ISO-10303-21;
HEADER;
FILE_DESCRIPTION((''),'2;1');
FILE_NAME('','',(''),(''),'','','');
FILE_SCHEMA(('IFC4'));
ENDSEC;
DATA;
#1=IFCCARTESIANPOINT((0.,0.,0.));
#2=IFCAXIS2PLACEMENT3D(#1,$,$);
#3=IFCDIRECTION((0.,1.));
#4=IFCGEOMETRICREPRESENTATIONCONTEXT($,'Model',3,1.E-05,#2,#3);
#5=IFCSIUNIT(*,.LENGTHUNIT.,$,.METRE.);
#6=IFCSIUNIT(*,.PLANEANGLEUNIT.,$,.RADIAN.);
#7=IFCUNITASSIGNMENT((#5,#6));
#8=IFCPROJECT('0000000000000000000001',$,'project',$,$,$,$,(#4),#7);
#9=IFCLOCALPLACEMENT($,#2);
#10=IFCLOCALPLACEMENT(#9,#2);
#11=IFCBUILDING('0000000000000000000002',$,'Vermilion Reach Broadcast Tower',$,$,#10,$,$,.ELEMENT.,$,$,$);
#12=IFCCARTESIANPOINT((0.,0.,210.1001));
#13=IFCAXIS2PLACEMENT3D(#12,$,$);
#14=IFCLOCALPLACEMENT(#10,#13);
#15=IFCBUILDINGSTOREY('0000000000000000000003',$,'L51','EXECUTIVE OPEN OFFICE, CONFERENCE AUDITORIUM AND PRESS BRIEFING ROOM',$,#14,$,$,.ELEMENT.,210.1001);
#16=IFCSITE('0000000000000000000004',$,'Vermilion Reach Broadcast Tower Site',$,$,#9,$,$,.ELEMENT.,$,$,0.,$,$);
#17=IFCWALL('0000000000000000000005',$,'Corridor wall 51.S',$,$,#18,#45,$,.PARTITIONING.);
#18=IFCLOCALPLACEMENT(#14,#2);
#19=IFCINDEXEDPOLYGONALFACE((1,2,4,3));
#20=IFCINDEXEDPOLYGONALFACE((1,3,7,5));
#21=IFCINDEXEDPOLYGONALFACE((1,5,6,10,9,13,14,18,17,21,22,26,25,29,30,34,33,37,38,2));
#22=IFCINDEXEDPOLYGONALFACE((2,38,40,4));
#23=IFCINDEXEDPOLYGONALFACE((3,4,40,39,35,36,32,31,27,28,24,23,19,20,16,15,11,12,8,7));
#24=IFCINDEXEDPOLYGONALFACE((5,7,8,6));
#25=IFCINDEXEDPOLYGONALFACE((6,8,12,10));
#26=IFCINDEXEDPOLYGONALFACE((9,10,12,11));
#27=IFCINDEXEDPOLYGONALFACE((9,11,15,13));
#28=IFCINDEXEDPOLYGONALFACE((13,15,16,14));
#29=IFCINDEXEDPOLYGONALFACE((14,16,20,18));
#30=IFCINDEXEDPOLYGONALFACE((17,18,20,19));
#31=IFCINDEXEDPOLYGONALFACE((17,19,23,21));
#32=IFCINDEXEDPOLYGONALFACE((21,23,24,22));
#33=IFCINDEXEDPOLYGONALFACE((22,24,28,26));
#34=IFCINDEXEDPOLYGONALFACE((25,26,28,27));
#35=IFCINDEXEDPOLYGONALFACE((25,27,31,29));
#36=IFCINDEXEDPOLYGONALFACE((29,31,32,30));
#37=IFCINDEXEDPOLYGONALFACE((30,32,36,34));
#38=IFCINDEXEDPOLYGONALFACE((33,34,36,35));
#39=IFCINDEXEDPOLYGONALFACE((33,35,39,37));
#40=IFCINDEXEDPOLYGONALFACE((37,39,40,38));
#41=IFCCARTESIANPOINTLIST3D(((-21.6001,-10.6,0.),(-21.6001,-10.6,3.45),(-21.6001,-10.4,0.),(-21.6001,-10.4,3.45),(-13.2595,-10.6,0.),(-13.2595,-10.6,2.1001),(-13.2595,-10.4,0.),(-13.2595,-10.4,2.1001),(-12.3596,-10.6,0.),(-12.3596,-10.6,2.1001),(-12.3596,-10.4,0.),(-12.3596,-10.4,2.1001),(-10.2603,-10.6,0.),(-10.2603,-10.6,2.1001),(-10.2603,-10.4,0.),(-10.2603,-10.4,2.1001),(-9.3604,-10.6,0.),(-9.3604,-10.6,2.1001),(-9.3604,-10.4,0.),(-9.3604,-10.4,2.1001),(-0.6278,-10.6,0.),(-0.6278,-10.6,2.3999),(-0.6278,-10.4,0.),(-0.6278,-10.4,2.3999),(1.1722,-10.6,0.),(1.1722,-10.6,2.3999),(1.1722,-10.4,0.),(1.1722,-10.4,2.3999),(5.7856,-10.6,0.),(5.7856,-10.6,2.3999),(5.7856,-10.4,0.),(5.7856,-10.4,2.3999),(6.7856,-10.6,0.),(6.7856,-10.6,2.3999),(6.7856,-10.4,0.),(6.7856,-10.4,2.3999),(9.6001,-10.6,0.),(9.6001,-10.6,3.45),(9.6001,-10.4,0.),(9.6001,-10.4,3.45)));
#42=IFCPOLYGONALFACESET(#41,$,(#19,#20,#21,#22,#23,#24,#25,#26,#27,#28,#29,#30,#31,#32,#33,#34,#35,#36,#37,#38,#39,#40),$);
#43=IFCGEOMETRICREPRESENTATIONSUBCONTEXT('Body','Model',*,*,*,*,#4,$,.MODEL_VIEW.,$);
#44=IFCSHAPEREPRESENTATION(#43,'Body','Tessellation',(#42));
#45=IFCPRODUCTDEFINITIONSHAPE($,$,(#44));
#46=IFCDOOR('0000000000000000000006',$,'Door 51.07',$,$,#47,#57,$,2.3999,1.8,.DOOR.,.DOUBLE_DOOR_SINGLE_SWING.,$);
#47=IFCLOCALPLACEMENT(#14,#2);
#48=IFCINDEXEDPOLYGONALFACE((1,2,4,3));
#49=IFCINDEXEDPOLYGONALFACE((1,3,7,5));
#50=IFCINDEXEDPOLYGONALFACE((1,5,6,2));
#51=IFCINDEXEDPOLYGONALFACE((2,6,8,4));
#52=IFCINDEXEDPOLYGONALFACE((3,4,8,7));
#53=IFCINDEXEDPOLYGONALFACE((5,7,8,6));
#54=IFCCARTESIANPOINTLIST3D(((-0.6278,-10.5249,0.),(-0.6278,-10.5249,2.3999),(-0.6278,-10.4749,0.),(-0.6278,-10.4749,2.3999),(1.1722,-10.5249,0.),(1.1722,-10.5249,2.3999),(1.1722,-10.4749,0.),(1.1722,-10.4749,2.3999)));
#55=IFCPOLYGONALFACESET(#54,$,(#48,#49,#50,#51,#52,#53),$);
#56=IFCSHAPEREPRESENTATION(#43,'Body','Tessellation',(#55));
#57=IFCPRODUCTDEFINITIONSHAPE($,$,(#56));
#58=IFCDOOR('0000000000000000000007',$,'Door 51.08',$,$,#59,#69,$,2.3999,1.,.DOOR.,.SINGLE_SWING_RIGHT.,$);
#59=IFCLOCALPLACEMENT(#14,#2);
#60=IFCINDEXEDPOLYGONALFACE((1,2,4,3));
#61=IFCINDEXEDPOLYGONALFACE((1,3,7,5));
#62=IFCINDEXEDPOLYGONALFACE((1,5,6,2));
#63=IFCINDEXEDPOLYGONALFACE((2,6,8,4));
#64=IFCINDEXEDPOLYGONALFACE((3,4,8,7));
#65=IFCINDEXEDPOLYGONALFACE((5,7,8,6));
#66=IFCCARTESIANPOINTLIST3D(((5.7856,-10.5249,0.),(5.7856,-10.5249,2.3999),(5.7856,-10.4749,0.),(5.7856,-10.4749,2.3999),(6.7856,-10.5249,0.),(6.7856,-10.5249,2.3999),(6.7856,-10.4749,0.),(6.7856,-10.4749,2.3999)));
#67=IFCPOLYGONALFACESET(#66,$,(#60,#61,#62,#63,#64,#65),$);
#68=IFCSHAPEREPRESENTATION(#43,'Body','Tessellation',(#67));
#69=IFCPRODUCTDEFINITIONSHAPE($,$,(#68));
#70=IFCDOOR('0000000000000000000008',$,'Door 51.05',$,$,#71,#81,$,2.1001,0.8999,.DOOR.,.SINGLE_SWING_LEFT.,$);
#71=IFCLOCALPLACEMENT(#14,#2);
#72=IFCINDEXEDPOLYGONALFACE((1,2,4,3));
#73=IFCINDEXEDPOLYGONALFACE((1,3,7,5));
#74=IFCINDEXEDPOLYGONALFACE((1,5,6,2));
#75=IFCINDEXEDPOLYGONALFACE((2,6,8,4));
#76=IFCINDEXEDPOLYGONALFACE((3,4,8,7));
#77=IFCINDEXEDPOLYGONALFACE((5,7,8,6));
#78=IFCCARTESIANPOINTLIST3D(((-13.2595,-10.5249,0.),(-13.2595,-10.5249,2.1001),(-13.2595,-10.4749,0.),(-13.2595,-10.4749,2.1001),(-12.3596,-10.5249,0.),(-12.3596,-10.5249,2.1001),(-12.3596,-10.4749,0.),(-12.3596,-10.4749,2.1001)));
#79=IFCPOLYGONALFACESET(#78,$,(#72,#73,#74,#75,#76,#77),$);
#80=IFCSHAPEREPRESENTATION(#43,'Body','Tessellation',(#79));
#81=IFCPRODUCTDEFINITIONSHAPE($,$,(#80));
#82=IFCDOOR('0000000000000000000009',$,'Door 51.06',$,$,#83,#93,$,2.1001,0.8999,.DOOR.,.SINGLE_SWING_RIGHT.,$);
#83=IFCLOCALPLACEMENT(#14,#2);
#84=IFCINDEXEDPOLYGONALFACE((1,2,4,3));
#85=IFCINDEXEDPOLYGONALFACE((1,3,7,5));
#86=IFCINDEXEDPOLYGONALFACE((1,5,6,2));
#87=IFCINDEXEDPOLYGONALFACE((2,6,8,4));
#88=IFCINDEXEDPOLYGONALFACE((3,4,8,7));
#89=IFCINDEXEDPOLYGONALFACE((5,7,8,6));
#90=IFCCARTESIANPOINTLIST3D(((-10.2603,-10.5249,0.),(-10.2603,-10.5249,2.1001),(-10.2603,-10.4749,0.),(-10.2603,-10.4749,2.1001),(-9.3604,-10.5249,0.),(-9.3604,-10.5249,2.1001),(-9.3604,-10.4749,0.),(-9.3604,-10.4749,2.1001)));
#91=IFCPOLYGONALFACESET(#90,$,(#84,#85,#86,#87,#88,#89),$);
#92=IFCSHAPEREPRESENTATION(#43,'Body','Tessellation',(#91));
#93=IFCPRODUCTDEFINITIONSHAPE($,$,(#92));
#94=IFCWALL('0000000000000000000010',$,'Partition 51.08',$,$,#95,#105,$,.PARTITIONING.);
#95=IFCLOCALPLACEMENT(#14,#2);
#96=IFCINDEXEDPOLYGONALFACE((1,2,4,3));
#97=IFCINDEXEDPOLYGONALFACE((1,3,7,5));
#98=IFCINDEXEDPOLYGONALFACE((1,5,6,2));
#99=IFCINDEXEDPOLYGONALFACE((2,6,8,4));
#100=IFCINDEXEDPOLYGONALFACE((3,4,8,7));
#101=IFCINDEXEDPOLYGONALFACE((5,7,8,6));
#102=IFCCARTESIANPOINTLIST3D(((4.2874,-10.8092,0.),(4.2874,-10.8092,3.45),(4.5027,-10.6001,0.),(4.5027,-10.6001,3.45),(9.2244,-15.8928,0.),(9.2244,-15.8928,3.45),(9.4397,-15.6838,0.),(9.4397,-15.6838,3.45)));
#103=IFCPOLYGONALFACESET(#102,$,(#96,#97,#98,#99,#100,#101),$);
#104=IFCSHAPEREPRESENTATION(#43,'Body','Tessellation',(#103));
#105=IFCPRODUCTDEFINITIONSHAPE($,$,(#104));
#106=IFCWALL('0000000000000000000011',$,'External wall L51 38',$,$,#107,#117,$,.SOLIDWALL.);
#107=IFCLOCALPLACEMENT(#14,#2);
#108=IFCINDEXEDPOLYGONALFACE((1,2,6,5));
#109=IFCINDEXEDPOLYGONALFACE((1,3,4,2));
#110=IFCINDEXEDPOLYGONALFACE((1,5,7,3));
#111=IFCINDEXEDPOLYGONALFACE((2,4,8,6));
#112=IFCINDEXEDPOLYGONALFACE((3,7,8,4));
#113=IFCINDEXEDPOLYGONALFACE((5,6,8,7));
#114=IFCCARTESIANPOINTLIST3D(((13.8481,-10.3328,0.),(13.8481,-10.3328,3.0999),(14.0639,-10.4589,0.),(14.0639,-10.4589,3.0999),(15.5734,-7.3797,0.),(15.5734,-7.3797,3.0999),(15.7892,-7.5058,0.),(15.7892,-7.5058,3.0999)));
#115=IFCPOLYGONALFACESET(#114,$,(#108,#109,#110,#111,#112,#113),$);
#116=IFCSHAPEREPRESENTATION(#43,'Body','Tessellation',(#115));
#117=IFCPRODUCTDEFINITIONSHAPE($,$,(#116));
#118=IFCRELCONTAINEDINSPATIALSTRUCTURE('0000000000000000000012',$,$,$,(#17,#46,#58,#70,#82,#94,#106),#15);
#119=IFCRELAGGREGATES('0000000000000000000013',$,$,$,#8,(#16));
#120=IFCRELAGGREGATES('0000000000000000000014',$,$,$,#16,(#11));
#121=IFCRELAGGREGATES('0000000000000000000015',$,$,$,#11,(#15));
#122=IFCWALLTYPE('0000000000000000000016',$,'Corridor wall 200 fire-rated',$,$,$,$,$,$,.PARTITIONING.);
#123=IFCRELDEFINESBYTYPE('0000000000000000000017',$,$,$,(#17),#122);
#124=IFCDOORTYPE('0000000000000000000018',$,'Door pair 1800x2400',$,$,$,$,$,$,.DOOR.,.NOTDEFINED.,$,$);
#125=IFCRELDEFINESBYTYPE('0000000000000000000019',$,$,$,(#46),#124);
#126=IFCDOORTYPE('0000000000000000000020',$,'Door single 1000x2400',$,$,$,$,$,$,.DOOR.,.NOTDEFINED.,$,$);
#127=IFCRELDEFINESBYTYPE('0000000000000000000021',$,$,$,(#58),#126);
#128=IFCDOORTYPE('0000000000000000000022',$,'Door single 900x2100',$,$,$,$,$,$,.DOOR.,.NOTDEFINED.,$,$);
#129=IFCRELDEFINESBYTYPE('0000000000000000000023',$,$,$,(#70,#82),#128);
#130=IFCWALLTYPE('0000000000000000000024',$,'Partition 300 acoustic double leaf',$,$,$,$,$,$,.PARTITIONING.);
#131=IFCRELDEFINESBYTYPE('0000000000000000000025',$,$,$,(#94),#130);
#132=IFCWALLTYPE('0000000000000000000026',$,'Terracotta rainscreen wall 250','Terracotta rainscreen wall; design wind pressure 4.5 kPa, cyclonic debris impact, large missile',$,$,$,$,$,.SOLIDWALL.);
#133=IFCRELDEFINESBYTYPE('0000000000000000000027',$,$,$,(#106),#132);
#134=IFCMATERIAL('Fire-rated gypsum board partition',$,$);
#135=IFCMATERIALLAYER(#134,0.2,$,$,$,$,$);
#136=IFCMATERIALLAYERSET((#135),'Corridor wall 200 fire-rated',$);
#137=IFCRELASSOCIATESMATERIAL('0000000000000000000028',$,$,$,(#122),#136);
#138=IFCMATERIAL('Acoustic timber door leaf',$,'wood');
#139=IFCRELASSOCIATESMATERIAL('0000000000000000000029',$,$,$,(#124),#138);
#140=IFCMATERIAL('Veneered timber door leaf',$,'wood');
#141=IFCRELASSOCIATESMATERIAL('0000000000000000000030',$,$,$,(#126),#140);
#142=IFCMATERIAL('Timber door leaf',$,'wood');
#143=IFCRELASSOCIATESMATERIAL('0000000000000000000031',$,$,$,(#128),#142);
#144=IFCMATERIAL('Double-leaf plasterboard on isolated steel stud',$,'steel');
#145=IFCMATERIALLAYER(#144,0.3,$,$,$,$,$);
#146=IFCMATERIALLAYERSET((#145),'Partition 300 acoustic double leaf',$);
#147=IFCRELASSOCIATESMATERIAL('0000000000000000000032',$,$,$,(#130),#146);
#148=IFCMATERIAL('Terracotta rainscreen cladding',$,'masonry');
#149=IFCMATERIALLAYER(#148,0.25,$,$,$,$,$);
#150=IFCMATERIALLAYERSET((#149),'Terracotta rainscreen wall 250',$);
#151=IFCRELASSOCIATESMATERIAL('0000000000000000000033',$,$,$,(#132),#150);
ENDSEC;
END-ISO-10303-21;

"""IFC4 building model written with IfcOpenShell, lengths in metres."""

from ifc_helpers import new_model, si_unit, direction, frame, frame_2d, origin, place, context, subcontext, project, spatial, rectangle, extrude, material, layer, layer_set, type_object, element, fill, save


model = new_model("IFC4")

# Units and contexts
model_context = context("Model", 3, precision=1e-05, world=origin(), true_north=direction((0.0, 1.0)))
body_context = subcontext(model_context, "Body", "Model", "MODEL_VIEW")
ifc_project = project(units=[si_unit("LENGTHUNIT", "METRE"), si_unit("PLANEANGLEUNIT", "RADIAN")], contexts=[model_context])

# Site, building, storey
site_placement = place(None, origin())
site = spatial("IfcSite", under=ifc_project, at=site_placement, Name="Vermilion Reach Broadcast Tower Site", CompositionType="ELEMENT", RefElevation=0.0)
building_placement = place(site_placement, origin())
building = spatial("IfcBuilding", under=site, at=building_placement, Name="Vermilion Reach Broadcast Tower", CompositionType="ELEMENT")
storey_placement = place(building_placement, frame((0.0, 0.0, 210.1001)))
storey = spatial("IfcBuildingStorey", under=building, at=storey_placement, Name="L51", Description="EXECUTIVE OPEN OFFICE, CONFERENCE AUDITORIUM AND PRESS BRIEFING ROOM", CompositionType="ELEMENT", Elevation=210.1001)

# Wall, openings, doors
ifc_material_1 = material(Name="Fire-rated gypsum board partition")
ifc_layer_1 = layer(ifc_material_1, 0.2)
ifc_layer_set_1 = layer_set([ifc_layer_1], Name="Corridor wall 200 fire-rated")
wall_type_1 = type_object("IfcWallType", Name="Corridor wall 200 fire-rated", PredefinedType="PARTITIONING", material=ifc_layer_set_1)
wall_1_placement = place(storey_placement, frame((9.6001, -10.5, 0.0), z_axis=(0.0, 0.0, 1.0), x_axis=(-1.0, 0.0, 0.0)))
wall_1 = element("IfcWall", 1, at=wall_1_placement, inside=storey, type_object=wall_type_1, Name="Corridor wall 51.S", PredefinedType="PARTITIONING", context=body_context, shape_type="SweptSolid", body=[
    extrude(rectangle(XDim=31.2002, YDim=0.2, at=frame_2d((15.6001, 0.0))), origin(), (0.0, 0.0, 1.0), 3.45),
])
opening_1_placement = place(wall_1_placement, frame((21.9597, 0.0, 0.0)))
opening_1 = element("IfcOpeningElement", 2, at=opening_1_placement, cuts=wall_1, PredefinedType="OPENING", context=body_context, shape_type="SweptSolid", body=[
    extrude(rectangle(XDim=0.8999, YDim=2.1001, at=frame_2d((0.45, 1.05))), frame((0.0, 0.1099, 0.0), z_axis=(0.0, -1.0, 0.0), x_axis=(1.0, 0.0, 0.0)), (0.0, 0.0, 1.0), 0.22),
])
opening_2_placement = place(wall_1_placement, frame((18.9604, 0.0, 0.0)))
opening_2 = element("IfcOpeningElement", 3, at=opening_2_placement, cuts=wall_1, PredefinedType="OPENING", context=body_context, shape_type="SweptSolid", body=[
    extrude(rectangle(XDim=0.8999, YDim=2.1001, at=frame_2d((0.45, 1.05))), frame((0.0, 0.1099, 0.0), z_axis=(0.0, -1.0, 0.0), x_axis=(1.0, 0.0, 0.0)), (0.0, 0.0, 1.0), 0.22),
])
opening_3_placement = place(wall_1_placement, frame((8.428, 0.0, 0.0)))
opening_3 = element("IfcOpeningElement", 4, at=opening_3_placement, cuts=wall_1, PredefinedType="OPENING", context=body_context, shape_type="SweptSolid", body=[
    extrude(rectangle(XDim=1.8, YDim=2.3999, at=frame_2d((0.8999, 1.2))), frame((0.0, 0.1099, 0.0), z_axis=(0.0, -1.0, 0.0), x_axis=(1.0, 0.0, 0.0)), (0.0, 0.0, 1.0), 0.22),
])
opening_4_placement = place(wall_1_placement, frame((2.8145, 0.0, 0.0)))
opening_4 = element("IfcOpeningElement", 5, at=opening_4_placement, cuts=wall_1, PredefinedType="OPENING", context=body_context, shape_type="SweptSolid", body=[
    extrude(rectangle(XDim=1.0, YDim=2.3999, at=frame_2d((0.5, 1.2))), frame((0.0, 0.1099, 0.0), z_axis=(0.0, -1.0, 0.0), x_axis=(1.0, 0.0, 0.0)), (0.0, 0.0, 1.0), 0.22),
])
ifc_material_2 = material(Name="Acoustic timber door leaf", Category="wood")
door_type_1 = type_object("IfcDoorType", Name="Door pair 1800x2400", OperationType="NOTDEFINED", PredefinedType="DOOR", material=ifc_material_2)
door_1_placement = place(opening_3_placement, origin())
door_1 = element("IfcDoor", 6, at=door_1_placement, inside=storey, type_object=door_type_1, Name="Door 51.07", OperationType="DOUBLE_DOOR_SINGLE_SWING", OverallHeight=2.3999, OverallWidth=1.8, PredefinedType="DOOR", context=body_context, shape_type="SweptSolid", body=[
    extrude(rectangle(XDim=1.8, YDim=2.3999, at=frame_2d((0.8999, 1.2))), frame((0.0, 0.0249, 0.0), z_axis=(0.0, -1.0, 0.0), x_axis=(1.0, 0.0, 0.0)), (0.0, 0.0, 1.0), 0.05),
])
fill(opening_3, door_1)
ifc_material_3 = material(Name="Veneered timber door leaf", Category="wood")
door_type_2 = type_object("IfcDoorType", Name="Door single 1000x2400", OperationType="NOTDEFINED", PredefinedType="DOOR", material=ifc_material_3)
door_2_placement = place(opening_4_placement, origin())
door_2 = element("IfcDoor", 7, at=door_2_placement, inside=storey, type_object=door_type_2, Name="Door 51.08", OperationType="SINGLE_SWING_RIGHT", OverallHeight=2.3999, OverallWidth=1.0, PredefinedType="DOOR", context=body_context, shape_type="SweptSolid", body=[
    extrude(rectangle(XDim=1.0, YDim=2.3999, at=frame_2d((0.5, 1.2))), frame((0.0, 0.0249, 0.0), z_axis=(0.0, -1.0, 0.0), x_axis=(1.0, 0.0, 0.0)), (0.0, 0.0, 1.0), 0.05),
])
fill(opening_4, door_2)
ifc_material_4 = material(Name="Timber door leaf", Category="wood")
door_type_3 = type_object("IfcDoorType", Name="Door single 900x2100", OperationType="NOTDEFINED", PredefinedType="DOOR", material=ifc_material_4)
door_3_placement = place(opening_1_placement, origin())
door_3 = element("IfcDoor", 8, at=door_3_placement, inside=storey, type_object=door_type_3, Name="Door 51.05", OperationType="SINGLE_SWING_LEFT", OverallHeight=2.1001, OverallWidth=0.8999, PredefinedType="DOOR", context=body_context, shape_type="SweptSolid", body=[
    extrude(rectangle(XDim=0.8999, YDim=2.1001, at=frame_2d((0.45, 1.05))), frame((0.0, 0.0249, 0.0), z_axis=(0.0, -1.0, 0.0), x_axis=(1.0, 0.0, 0.0)), (0.0, 0.0, 1.0), 0.05),
])
fill(opening_1, door_3)
door_4_placement = place(opening_2_placement, origin())
door_4 = element("IfcDoor", 9, at=door_4_placement, inside=storey, type_object=door_type_3, Name="Door 51.06", OperationType="SINGLE_SWING_RIGHT", OverallHeight=2.1001, OverallWidth=0.8999, PredefinedType="DOOR", context=body_context, shape_type="SweptSolid", body=[
    extrude(rectangle(XDim=0.8999, YDim=2.1001, at=frame_2d((0.45, 1.05))), frame((0.0, 0.0249, 0.0), z_axis=(0.0, -1.0, 0.0), x_axis=(1.0, 0.0, 0.0)), (0.0, 0.0, 1.0), 0.05),
])
fill(opening_2, door_4)

# Walls
ifc_material_5 = material(Name="Double-leaf plasterboard on isolated steel stud", Category="steel")
ifc_layer_2 = layer(ifc_material_5, 0.3)
ifc_layer_set_2 = layer_set([ifc_layer_2], Name="Partition 300 acoustic double leaf")
wall_type_2 = type_object("IfcWallType", Name="Partition 300 acoustic double leaf", PredefinedType="PARTITIONING", material=ifc_layer_set_2)
wall_2_placement = place(storey_placement, frame((9.332, -15.7883, 0.0), z_axis=(0.0, 0.0, 1.0), x_axis=(-0.696678, 0.717384, 0.0)))
element("IfcWall", 10, at=wall_2_placement, inside=storey, type_object=wall_type_2, Name="Partition 51.08", PredefinedType="PARTITIONING", context=body_context, shape_type="SweptSolid", body=[
    extrude(rectangle(XDim=7.0864, YDim=0.3, at=frame_2d((3.5432, 0.0))), origin(), (0.0, 0.0, 1.0), 3.45),
])
ifc_material_6 = material(Name="Terracotta rainscreen cladding", Category="masonry")
ifc_layer_3 = layer(ifc_material_6, 0.25)
ifc_layer_set_3 = layer_set([ifc_layer_3], Name="Terracotta rainscreen wall 250")
wall_type_3 = type_object("IfcWallType", Name="Terracotta rainscreen wall 250", Description="Terracotta rainscreen wall; design wind pressure 4.5 kPa, cyclonic debris impact, large missile", PredefinedType="SOLIDWALL", material=ifc_layer_set_3)
wall_3_placement = place(storey_placement, frame((13.9561, -10.3958, 0.0), z_axis=(0.0, 0.0, 1.0), x_axis=(0.504457, 0.863437, 0.0)))
element("IfcWall", 11, at=wall_3_placement, inside=storey, type_object=wall_type_3, Name="External wall L51 38", PredefinedType="SOLIDWALL", context=body_context, shape_type="SweptSolid", body=[
    extrude(rectangle(XDim=3.4202, YDim=0.25, at=frame_2d((1.71, 0.0))), origin(), (0.0, 0.0, 1.0), 3.0999),
])

save(model, "model.ifc")
